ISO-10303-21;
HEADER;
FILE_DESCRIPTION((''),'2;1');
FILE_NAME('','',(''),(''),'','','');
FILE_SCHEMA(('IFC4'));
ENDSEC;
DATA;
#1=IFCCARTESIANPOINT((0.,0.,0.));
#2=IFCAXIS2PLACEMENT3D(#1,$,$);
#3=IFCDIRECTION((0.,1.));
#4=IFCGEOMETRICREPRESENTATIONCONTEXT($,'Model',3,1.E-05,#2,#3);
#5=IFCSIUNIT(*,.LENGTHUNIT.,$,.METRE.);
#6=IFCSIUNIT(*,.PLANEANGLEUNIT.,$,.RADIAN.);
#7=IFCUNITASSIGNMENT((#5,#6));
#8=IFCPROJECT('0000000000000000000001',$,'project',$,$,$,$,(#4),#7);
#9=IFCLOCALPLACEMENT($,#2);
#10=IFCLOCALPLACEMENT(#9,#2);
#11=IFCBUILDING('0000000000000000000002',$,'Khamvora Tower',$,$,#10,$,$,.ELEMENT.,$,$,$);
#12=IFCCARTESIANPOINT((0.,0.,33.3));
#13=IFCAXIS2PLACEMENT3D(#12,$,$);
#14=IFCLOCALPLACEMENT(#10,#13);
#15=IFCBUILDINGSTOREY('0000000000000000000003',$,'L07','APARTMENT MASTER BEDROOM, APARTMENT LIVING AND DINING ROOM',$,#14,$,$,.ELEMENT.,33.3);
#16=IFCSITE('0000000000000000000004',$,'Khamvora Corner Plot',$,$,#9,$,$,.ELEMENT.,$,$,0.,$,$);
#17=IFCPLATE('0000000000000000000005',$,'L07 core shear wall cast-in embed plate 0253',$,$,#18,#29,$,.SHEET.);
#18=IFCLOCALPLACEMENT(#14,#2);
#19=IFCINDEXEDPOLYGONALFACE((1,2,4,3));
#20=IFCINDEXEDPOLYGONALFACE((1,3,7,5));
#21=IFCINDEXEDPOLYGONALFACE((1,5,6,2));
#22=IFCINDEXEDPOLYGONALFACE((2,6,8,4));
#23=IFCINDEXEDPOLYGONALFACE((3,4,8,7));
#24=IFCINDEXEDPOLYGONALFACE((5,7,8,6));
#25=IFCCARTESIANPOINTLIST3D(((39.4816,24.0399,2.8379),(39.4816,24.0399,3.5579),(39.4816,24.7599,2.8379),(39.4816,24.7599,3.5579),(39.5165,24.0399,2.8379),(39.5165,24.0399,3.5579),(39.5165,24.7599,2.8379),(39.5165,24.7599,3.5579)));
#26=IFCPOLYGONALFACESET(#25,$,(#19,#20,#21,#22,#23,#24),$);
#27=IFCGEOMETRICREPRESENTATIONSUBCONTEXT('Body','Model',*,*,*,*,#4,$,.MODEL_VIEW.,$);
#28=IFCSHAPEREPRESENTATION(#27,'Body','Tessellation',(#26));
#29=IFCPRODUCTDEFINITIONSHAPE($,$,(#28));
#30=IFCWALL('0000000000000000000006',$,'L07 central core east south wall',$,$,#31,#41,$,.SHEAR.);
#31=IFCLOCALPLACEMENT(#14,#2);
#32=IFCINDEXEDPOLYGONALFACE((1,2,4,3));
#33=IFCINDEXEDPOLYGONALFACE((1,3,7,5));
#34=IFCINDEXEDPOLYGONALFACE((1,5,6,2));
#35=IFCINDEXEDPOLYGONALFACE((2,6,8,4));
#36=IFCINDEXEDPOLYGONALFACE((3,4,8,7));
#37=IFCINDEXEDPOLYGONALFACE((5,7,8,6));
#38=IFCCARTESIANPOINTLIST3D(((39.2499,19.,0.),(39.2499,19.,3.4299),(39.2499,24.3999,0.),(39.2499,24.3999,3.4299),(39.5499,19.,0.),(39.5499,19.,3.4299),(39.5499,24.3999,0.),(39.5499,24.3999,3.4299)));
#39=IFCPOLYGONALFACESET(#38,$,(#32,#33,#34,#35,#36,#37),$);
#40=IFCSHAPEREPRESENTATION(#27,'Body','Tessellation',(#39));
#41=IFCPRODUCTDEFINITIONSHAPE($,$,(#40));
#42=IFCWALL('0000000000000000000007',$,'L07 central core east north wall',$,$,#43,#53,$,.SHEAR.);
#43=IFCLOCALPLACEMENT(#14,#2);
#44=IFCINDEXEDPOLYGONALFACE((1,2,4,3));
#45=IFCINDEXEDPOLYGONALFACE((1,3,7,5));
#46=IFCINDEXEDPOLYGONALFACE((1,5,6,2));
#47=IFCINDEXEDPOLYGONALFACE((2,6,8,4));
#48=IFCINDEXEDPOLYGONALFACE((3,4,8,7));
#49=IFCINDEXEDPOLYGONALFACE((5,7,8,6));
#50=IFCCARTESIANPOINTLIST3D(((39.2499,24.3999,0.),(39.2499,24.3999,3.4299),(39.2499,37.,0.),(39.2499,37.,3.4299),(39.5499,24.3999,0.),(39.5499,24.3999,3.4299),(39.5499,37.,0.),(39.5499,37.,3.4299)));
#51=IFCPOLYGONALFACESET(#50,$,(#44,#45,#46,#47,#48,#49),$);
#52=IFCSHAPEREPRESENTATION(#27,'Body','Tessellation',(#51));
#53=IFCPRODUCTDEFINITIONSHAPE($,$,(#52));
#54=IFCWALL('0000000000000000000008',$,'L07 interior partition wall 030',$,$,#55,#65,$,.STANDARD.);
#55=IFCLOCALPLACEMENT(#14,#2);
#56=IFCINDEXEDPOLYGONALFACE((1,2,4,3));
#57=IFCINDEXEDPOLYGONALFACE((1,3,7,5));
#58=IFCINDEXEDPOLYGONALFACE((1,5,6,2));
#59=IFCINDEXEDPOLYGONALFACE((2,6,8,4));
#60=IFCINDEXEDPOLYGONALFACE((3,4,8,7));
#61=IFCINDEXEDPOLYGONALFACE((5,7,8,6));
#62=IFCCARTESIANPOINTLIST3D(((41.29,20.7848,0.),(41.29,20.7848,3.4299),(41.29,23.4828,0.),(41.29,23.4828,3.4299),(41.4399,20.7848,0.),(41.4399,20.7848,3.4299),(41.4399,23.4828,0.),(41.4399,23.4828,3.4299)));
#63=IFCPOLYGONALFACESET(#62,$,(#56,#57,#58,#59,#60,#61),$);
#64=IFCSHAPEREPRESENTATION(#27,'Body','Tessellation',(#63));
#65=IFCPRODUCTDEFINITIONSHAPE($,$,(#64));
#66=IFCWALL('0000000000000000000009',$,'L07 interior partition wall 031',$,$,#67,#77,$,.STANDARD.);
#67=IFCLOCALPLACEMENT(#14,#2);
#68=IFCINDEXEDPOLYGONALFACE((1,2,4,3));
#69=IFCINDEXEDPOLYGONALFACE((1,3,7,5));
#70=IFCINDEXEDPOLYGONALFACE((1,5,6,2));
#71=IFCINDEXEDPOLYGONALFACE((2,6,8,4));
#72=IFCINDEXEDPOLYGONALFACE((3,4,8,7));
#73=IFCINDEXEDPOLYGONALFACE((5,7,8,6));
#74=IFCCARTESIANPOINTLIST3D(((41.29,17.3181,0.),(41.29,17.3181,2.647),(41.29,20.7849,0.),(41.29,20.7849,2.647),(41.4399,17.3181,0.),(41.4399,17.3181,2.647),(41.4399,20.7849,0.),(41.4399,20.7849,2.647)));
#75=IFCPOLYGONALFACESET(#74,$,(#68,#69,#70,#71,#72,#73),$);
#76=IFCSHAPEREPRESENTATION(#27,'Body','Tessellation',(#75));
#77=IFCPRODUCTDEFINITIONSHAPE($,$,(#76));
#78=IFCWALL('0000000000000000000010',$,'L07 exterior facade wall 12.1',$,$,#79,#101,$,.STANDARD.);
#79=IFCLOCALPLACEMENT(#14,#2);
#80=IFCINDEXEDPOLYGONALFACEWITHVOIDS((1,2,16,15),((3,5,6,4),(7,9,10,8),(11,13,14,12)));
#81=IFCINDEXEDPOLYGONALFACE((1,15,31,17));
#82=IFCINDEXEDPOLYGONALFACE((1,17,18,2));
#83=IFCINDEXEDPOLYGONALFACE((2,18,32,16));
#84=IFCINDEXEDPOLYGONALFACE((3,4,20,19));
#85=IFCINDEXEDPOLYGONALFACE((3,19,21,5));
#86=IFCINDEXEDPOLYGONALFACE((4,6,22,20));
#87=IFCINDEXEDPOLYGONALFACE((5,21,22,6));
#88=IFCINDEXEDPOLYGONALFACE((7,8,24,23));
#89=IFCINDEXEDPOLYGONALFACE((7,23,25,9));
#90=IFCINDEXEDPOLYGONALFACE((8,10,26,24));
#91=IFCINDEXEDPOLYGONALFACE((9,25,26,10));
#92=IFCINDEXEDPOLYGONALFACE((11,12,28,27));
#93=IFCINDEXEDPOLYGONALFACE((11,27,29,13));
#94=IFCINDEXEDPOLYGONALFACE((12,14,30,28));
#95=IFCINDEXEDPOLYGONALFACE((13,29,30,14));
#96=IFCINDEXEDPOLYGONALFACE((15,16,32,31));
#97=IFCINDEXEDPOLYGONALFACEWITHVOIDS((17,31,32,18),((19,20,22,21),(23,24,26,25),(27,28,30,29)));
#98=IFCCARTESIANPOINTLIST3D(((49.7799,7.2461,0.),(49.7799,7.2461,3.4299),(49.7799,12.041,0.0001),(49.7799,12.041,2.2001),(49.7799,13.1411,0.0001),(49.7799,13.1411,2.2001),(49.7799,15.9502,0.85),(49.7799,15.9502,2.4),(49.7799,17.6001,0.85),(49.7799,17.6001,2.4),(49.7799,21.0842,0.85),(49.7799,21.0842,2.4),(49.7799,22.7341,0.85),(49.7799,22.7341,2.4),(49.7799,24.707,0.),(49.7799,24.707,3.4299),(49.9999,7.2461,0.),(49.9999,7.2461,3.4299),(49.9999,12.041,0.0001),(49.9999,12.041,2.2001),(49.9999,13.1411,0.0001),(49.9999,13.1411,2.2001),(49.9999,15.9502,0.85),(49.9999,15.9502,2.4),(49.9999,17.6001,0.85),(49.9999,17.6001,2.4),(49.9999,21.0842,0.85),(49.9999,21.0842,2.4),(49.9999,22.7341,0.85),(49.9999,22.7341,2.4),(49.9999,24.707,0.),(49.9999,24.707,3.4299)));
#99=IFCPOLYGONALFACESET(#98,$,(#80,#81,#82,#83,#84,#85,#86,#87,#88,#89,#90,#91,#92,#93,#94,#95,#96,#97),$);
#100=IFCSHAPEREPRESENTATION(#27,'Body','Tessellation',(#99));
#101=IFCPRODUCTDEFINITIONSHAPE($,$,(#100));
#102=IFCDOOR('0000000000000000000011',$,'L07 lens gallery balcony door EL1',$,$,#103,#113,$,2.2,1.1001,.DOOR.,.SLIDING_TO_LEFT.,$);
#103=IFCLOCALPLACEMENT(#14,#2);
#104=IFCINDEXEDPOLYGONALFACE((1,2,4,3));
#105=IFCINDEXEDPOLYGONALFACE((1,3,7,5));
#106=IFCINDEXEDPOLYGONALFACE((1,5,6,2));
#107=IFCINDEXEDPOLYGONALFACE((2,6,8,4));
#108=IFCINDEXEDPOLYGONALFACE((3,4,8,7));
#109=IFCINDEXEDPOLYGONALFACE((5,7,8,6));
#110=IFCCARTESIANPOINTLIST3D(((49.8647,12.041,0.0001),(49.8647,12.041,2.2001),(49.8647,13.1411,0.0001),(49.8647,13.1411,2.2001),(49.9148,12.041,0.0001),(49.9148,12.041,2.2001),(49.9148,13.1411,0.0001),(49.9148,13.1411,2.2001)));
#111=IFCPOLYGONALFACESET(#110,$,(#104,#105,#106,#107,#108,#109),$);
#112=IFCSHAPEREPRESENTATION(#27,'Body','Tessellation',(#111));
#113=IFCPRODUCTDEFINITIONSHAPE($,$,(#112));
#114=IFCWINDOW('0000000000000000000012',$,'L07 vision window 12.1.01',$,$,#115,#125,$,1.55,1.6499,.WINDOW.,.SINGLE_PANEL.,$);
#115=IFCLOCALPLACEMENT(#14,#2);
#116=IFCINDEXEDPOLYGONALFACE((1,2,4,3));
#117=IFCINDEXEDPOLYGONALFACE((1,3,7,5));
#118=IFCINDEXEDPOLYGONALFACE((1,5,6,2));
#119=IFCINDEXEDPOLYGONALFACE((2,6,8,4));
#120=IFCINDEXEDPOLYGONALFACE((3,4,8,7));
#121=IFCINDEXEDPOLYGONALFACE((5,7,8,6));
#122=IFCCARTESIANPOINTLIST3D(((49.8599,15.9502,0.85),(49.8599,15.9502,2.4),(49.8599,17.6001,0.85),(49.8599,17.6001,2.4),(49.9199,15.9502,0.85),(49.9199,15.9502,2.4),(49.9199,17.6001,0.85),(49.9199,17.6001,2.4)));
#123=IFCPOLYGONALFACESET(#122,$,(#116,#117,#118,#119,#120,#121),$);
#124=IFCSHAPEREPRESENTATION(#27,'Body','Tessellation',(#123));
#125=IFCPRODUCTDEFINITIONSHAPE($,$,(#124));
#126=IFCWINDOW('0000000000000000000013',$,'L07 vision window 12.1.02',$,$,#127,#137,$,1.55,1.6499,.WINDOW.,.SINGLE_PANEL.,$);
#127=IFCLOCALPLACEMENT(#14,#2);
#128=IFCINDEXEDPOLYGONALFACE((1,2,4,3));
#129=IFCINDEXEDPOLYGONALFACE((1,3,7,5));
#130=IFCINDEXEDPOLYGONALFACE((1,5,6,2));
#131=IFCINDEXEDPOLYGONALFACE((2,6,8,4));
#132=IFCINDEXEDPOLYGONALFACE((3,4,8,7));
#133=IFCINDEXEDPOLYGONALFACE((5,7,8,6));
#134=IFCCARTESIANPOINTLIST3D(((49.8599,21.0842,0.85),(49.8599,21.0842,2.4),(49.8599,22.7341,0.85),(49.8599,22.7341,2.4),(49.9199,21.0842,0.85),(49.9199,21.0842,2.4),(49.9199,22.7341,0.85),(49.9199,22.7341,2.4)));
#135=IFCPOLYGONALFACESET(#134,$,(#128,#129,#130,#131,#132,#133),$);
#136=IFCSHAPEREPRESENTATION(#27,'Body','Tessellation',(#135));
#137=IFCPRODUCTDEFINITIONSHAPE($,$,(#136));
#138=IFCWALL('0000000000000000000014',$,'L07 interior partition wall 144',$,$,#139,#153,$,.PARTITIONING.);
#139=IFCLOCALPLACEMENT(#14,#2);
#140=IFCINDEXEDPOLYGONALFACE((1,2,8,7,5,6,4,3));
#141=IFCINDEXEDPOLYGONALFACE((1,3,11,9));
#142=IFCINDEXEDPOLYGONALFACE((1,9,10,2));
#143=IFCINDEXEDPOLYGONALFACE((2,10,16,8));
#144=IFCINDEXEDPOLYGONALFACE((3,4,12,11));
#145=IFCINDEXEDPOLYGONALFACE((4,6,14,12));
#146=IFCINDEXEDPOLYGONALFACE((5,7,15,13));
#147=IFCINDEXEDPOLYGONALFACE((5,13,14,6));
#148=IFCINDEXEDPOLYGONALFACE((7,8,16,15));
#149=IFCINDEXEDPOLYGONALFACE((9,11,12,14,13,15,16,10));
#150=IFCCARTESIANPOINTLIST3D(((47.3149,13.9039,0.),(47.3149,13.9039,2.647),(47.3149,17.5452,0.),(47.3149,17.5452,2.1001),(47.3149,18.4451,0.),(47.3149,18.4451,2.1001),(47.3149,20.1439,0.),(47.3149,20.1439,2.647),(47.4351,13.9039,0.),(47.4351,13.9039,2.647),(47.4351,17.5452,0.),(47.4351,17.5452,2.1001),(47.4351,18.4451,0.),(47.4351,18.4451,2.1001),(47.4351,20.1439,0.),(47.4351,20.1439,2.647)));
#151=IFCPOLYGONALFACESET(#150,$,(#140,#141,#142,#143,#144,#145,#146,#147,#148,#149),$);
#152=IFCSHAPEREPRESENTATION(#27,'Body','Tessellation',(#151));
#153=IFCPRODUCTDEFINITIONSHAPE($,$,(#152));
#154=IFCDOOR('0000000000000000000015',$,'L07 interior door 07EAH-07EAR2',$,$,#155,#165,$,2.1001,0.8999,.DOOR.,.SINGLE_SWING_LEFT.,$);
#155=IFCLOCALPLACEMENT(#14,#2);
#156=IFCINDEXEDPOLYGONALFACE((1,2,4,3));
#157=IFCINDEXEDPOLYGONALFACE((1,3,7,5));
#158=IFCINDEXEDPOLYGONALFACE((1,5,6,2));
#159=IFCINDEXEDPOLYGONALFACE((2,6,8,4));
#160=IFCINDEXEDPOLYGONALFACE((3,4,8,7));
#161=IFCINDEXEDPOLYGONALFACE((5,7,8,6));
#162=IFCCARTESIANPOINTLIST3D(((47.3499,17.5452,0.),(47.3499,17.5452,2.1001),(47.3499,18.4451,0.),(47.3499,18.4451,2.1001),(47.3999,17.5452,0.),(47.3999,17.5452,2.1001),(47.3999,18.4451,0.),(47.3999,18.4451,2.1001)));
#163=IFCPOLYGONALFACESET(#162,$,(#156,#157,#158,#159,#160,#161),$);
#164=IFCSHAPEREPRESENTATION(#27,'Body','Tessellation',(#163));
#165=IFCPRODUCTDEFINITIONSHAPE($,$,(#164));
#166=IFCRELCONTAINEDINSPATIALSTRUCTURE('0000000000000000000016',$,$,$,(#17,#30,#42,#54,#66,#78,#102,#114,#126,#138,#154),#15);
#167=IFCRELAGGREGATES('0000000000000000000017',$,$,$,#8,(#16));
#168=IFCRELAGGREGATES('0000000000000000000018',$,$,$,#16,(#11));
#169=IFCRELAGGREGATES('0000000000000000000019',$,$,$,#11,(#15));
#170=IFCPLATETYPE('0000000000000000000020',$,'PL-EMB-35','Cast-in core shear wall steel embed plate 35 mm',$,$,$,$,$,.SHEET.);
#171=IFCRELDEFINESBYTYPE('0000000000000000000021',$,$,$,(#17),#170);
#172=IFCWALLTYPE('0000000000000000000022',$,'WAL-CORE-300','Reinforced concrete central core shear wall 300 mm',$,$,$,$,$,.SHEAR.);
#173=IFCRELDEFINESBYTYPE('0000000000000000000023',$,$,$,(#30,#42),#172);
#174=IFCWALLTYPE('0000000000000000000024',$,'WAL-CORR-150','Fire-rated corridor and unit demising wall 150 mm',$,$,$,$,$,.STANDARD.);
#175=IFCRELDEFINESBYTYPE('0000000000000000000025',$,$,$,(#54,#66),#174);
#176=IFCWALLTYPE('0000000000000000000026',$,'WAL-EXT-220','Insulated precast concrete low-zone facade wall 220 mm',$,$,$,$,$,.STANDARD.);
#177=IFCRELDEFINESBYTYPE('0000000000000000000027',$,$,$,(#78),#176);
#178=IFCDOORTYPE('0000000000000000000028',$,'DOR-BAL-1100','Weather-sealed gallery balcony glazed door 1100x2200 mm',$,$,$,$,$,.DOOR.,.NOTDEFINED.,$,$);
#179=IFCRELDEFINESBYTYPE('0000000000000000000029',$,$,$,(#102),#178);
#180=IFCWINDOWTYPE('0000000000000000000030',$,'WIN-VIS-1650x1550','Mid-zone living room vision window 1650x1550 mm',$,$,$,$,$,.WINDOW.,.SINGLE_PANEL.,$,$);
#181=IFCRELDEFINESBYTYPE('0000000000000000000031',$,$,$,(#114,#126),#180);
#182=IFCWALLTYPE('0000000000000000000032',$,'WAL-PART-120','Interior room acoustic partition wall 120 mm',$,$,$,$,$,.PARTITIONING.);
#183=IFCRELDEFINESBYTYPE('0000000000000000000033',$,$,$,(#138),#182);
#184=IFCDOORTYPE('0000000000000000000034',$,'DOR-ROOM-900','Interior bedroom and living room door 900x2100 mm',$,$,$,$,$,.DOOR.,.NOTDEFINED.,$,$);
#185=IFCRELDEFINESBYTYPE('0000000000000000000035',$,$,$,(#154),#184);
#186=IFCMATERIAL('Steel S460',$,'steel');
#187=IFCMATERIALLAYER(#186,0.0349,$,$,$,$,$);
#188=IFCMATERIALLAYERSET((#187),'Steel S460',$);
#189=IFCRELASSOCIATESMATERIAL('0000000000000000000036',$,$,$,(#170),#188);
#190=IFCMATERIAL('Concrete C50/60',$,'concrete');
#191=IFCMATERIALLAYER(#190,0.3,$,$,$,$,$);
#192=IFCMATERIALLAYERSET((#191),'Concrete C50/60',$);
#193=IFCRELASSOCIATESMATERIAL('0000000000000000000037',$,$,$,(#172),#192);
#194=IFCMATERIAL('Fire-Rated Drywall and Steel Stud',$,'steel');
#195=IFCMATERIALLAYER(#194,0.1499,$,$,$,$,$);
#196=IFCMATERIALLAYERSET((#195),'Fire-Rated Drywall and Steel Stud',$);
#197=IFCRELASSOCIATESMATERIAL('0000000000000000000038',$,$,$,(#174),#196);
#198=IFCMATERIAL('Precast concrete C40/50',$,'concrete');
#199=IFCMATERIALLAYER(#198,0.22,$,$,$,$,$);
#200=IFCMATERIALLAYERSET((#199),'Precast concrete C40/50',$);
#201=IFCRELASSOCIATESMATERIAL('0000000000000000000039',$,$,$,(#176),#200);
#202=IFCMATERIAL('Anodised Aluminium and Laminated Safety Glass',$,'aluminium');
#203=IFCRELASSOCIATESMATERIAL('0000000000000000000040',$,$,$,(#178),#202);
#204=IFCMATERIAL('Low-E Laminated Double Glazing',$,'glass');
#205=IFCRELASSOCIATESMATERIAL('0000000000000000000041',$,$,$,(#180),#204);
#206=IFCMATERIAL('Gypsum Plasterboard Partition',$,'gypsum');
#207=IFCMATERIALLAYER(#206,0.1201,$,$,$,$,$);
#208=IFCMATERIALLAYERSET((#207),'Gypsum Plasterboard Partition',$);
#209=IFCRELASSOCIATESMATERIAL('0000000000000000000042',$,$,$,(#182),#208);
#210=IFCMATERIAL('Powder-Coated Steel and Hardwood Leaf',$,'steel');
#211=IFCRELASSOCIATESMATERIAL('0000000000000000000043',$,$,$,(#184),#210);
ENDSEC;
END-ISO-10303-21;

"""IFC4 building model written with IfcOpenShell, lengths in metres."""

from ifc_helpers import new_model, si_unit, direction, frame, frame_2d, origin, origin_2d, place, context, subcontext, project, spatial, rectangle, extrude, material, layer, layer_set, type_object, element, fill, save


model = new_model("IFC4")

# Units and contexts
model_context = context("Model", 3, precision=1e-05, world=origin(), true_north=direction((0.0, 1.0)))
body_context = subcontext(model_context, "Body", "Model", "MODEL_VIEW")
ifc_project = project(units=[si_unit("LENGTHUNIT", "METRE"), si_unit("PLANEANGLEUNIT", "RADIAN")], contexts=[model_context])

# Site, building, storey
site_placement = place(None, origin())
site = spatial("IfcSite", under=ifc_project, at=site_placement, Name="Khamvora Corner Plot", CompositionType="ELEMENT", RefElevation=0.0)
building_placement = place(site_placement, origin())
building = spatial("IfcBuilding", under=site, at=building_placement, Name="Khamvora Tower", CompositionType="ELEMENT")
storey_placement = place(building_placement, frame((0.0, 0.0, 33.3)))
storey = spatial("IfcBuildingStorey", under=building, at=storey_placement, Name="L07", Description="APARTMENT MASTER BEDROOM, APARTMENT LIVING AND DINING ROOM", CompositionType="ELEMENT", Elevation=33.3)

# Shared definitions
ifc_material_1 = material(Name="Steel S460", Category="steel")

# Plate
ifc_layer_1 = layer(ifc_material_1, 0.0349)
ifc_layer_set_1 = layer_set([ifc_layer_1], Name="Steel S460")
plate_type_1 = type_object("IfcPlateType", Name="PL-EMB-35", Description="Cast-in core shear wall steel embed plate 35 mm", PredefinedType="SHEET", material=ifc_layer_set_1)
for number, where, z_axis, x_axis, name in (
    (1, (39.499, 24.3999, 2.8379), (0.0, 0.0, 1.0), (1.0, 0.0, 0.0), "L07 core shear wall cast-in embed plate 0253"),
):
    element("IfcPlate", number, at=place(storey_placement, frame(where, z_axis=z_axis, x_axis=x_axis)), inside=storey, type_object=plate_type_1, Name=name, PredefinedType="SHEET", context=body_context, shape_type="SweptSolid", body=[
        extrude(rectangle(XDim=0.0349, YDim=0.72, at=origin_2d()), origin(), (0.0, 0.0, 1.0), 0.72),
    ])

# Walls
ifc_material_2 = material(Name="Concrete C50/60", Category="concrete")
ifc_layer_2 = layer(ifc_material_2, 0.3)
ifc_layer_set_2 = layer_set([ifc_layer_2], Name="Concrete C50/60")
wall_type_1 = type_object("IfcWallType", Name="WAL-CORE-300", Description="Reinforced concrete central core shear wall 300 mm", PredefinedType="SHEAR", material=ifc_layer_set_2)
wall_1_placement = place(storey_placement, frame((39.3999, 19.0, 0.0), z_axis=(0.0, 0.0, 1.0), x_axis=(0.0, 1.0, 0.0)))
element("IfcWall", 2, at=wall_1_placement, inside=storey, type_object=wall_type_1, Name="L07 central core east south wall", PredefinedType="SHEAR", context=body_context, shape_type="SweptSolid", body=[
    extrude(rectangle(XDim=5.3999, YDim=0.3, at=frame_2d((2.7, 0.0))), origin(), (0.0, 0.0, 1.0), 3.4299),
])
wall_2_placement = place(storey_placement, frame((39.3999, 24.3999, 0.0), z_axis=(0.0, 0.0, 1.0), x_axis=(0.0, 1.0, 0.0)))
element("IfcWall", 3, at=wall_2_placement, inside=storey, type_object=wall_type_1, Name="L07 central core east north wall", PredefinedType="SHEAR", context=body_context, shape_type="SweptSolid", body=[
    extrude(rectangle(XDim=12.6001, YDim=0.3, at=frame_2d((6.3, 0.0))), origin(), (0.0, 0.0, 1.0), 3.4299),
])
ifc_material_3 = material(Name="Fire-Rated Drywall and Steel Stud", Category="steel")
ifc_layer_3 = layer(ifc_material_3, 0.1499)
ifc_layer_set_3 = layer_set([ifc_layer_3], Name="Fire-Rated Drywall and Steel Stud")
wall_type_2 = type_object("IfcWallType", Name="WAL-CORR-150", Description="Fire-rated corridor and unit demising wall 150 mm", PredefinedType="STANDARD", material=ifc_layer_set_3)
wall_3_placement = place(storey_placement, frame((41.365, 23.4829, 0.0), z_axis=(0.0, 0.0, 1.0), x_axis=(0.0, -1.0, 0.0)))
element("IfcWall", 4, at=wall_3_placement, inside=storey, type_object=wall_type_2, Name="L07 interior partition wall 030", PredefinedType="STANDARD", context=body_context, shape_type="SweptSolid", body=[
    extrude(rectangle(XDim=2.698, YDim=0.1499, at=frame_2d((1.3491, 0.0))), origin(), (0.0, 0.0, 1.0), 3.4299),
])
wall_4_placement = place(storey_placement, frame((41.365, 20.7849, 0.0), z_axis=(0.0, 0.0, 1.0), x_axis=(0.0, -1.0, 0.0)))
element("IfcWall", 5, at=wall_4_placement, inside=storey, type_object=wall_type_2, Name="L07 interior partition wall 031", PredefinedType="STANDARD", context=body_context, shape_type="SweptSolid", body=[
    extrude(rectangle(XDim=3.4668, YDim=0.1499, at=frame_2d((1.7334, 0.0))), origin(), (0.0, 0.0, 1.0), 2.647),
])

# Wall, openings, door, windows
ifc_material_4 = material(Name="Precast concrete C40/50", Category="concrete")
ifc_layer_4 = layer(ifc_material_4, 0.22)
ifc_layer_set_4 = layer_set([ifc_layer_4], Name="Precast concrete C40/50")
wall_type_3 = type_object("IfcWallType", Name="WAL-EXT-220", Description="Insulated precast concrete low-zone facade wall 220 mm", PredefinedType="STANDARD", material=ifc_layer_set_4)
wall_5_placement = place(storey_placement, frame((49.8899, 24.707, 0.0), z_axis=(0.0, 0.0, 1.0), x_axis=(0.0, -1.0, 0.0)))
wall_5 = element("IfcWall", 6, at=wall_5_placement, inside=storey, type_object=wall_type_3, Name="L07 exterior facade wall 12.1", PredefinedType="STANDARD", context=body_context, shape_type="SweptSolid", body=[
    extrude(rectangle(XDim=17.4609, YDim=0.22, at=frame_2d((8.7305, 0.0))), origin(), (0.0, 0.0, 1.0), 3.4299),
])
opening_1_placement = place(wall_5_placement, frame((11.5659, 0.0, 0.0)))
opening_1 = element("IfcOpeningElement", 7, at=opening_1_placement, cuts=wall_5, PredefinedType="OPENING", context=body_context, shape_type="SweptSolid", body=[
    extrude(rectangle(XDim=1.1001, YDim=2.2, at=frame_2d((0.55, 1.1001))), frame((0.0, 0.1199, 0.0), z_axis=(0.0, -1.0, 0.0), x_axis=(1.0, 0.0, 0.0)), (0.0, 0.0, 1.0), 0.24),
])
opening_2_placement = place(wall_5_placement, frame((7.1069, 0.0, 0.8501)))
opening_2 = element("IfcOpeningElement", 8, at=opening_2_placement, cuts=wall_5, PredefinedType="OPENING", context=body_context, shape_type="SweptSolid", body=[
    extrude(rectangle(XDim=1.6499, YDim=1.55, at=frame_2d((0.825, 0.7749))), frame((0.0, 0.1199, 0.0), z_axis=(0.0, -1.0, 0.0), x_axis=(1.0, 0.0, 0.0)), (0.0, 0.0, 1.0), 0.24),
])
opening_3_placement = place(wall_5_placement, frame((1.9729, 0.0, 0.8501)))
opening_3 = element("IfcOpeningElement", 9, at=opening_3_placement, cuts=wall_5, PredefinedType="OPENING", context=body_context, shape_type="SweptSolid", body=[
    extrude(rectangle(XDim=1.6499, YDim=1.55, at=frame_2d((0.825, 0.7749))), frame((0.0, 0.1199, 0.0), z_axis=(0.0, -1.0, 0.0), x_axis=(1.0, 0.0, 0.0)), (0.0, 0.0, 1.0), 0.24),
])
ifc_material_5 = material(Name="Anodised Aluminium and Laminated Safety Glass", Category="aluminium")
door_type_1 = type_object("IfcDoorType", Name="DOR-BAL-1100", Description="Weather-sealed gallery balcony glazed door 1100x2200 mm", OperationType="NOTDEFINED", PredefinedType="DOOR", material=ifc_material_5)
door_1_placement = place(opening_1_placement, origin())
door_1 = element("IfcDoor", 10, at=door_1_placement, inside=storey, type_object=door_type_1, Name="L07 lens gallery balcony door EL1", OperationType="SLIDING_TO_LEFT", OverallHeight=2.2, OverallWidth=1.1001, PredefinedType="DOOR", context=body_context, shape_type="SweptSolid", body=[
    extrude(rectangle(XDim=1.1001, YDim=2.2, at=frame_2d((0.55, 1.1001))), frame((0.0, 0.0249, 0.0), z_axis=(0.0, -1.0, 0.0), x_axis=(1.0, 0.0, 0.0)), (0.0, 0.0, 1.0), 0.05),
])
fill(opening_1, door_1)
ifc_material_6 = material(Name="Low-E Laminated Double Glazing", Category="glass")
window_type = type_object("IfcWindowType", Name="WIN-VIS-1650x1550", Description="Mid-zone living room vision window 1650x1550 mm", PartitioningType="SINGLE_PANEL", PredefinedType="WINDOW", material=ifc_material_6)
window_1_placement = place(opening_2_placement, origin())
window_1 = element("IfcWindow", 11, at=window_1_placement, inside=storey, type_object=window_type, Name="L07 vision window 12.1.01", OverallHeight=1.55, OverallWidth=1.6499, PartitioningType="SINGLE_PANEL", PredefinedType="WINDOW", context=body_context, shape_type="SweptSolid", body=[
    extrude(rectangle(XDim=1.6499, YDim=1.55, at=frame_2d((0.825, 0.7749))), frame((0.0, 0.03, 0.0), z_axis=(0.0, -1.0, 0.0), x_axis=(1.0, 0.0, 0.0)), (0.0, 0.0, 1.0), 0.0601),
])
fill(opening_2, window_1)
window_2_placement = place(opening_3_placement, origin())
window_2 = element("IfcWindow", 12, at=window_2_placement, inside=storey, type_object=window_type, Name="L07 vision window 12.1.02", OverallHeight=1.55, OverallWidth=1.6499, PartitioningType="SINGLE_PANEL", PredefinedType="WINDOW", context=body_context, shape_type="SweptSolid", body=[
    extrude(rectangle(XDim=1.6499, YDim=1.55, at=frame_2d((0.825, 0.7749))), frame((0.0, 0.03, 0.0), z_axis=(0.0, -1.0, 0.0), x_axis=(1.0, 0.0, 0.0)), (0.0, 0.0, 1.0), 0.0601),
])
fill(opening_3, window_2)

# Wall, opening, door
ifc_material_7 = material(Name="Gypsum Plasterboard Partition", Category="gypsum")
ifc_layer_5 = layer(ifc_material_7, 0.1201)
ifc_layer_set_5 = layer_set([ifc_layer_5], Name="Gypsum Plasterboard Partition")
wall_type_4 = type_object("IfcWallType", Name="WAL-PART-120", Description="Interior room acoustic partition wall 120 mm", PredefinedType="PARTITIONING", material=ifc_layer_set_5)
wall_6_placement = place(storey_placement, frame((47.375, 20.144, 0.0), z_axis=(0.0, 0.0, 1.0), x_axis=(0.0, -1.0, 0.0)))
wall_6 = element("IfcWall", 13, at=wall_6_placement, inside=storey, type_object=wall_type_4, Name="L07 interior partition wall 144", PredefinedType="PARTITIONING", context=body_context, shape_type="SweptSolid", body=[
    extrude(rectangle(XDim=6.24, YDim=0.1201, at=frame_2d((3.1201, 0.0))), origin(), (0.0, 0.0, 1.0), 2.647),
])
opening_4_placement = place(wall_6_placement, frame((1.699, 0.0, 0.0)))
opening_4 = element("IfcOpeningElement", 14, at=opening_4_placement, cuts=wall_6, PredefinedType="OPENING", context=body_context, shape_type="SweptSolid", body=[
    extrude(rectangle(XDim=0.8999, YDim=2.1001, at=frame_2d((0.45, 1.05))), frame((0.0, 0.0701, 0.0), z_axis=(0.0, -1.0, 0.0), x_axis=(1.0, 0.0, 0.0)), (0.0, 0.0, 1.0), 0.1401),
])
ifc_material_8 = material(Name="Powder-Coated Steel and Hardwood Leaf", Category="steel")
door_type_2 = type_object("IfcDoorType", Name="DOR-ROOM-900", Description="Interior bedroom and living room door 900x2100 mm", OperationType="NOTDEFINED", PredefinedType="DOOR", material=ifc_material_8)
door_2_placement = place(opening_4_placement, origin())
door_2 = element("IfcDoor", 15, at=door_2_placement, inside=storey, type_object=door_type_2, Name="L07 interior door 07EAH-07EAR2", OperationType="SINGLE_SWING_LEFT", OverallHeight=2.1001, OverallWidth=0.8999, PredefinedType="DOOR", context=body_context, shape_type="SweptSolid", body=[
    extrude(rectangle(XDim=0.8999, YDim=2.1001, at=frame_2d((0.45, 1.05))), frame((0.0, 0.0249, 0.0), z_axis=(0.0, -1.0, 0.0), x_axis=(1.0, 0.0, 0.0)), (0.0, 0.0, 1.0), 0.05),
])
fill(opening_4, door_2)

save(model, "model.ifc")
